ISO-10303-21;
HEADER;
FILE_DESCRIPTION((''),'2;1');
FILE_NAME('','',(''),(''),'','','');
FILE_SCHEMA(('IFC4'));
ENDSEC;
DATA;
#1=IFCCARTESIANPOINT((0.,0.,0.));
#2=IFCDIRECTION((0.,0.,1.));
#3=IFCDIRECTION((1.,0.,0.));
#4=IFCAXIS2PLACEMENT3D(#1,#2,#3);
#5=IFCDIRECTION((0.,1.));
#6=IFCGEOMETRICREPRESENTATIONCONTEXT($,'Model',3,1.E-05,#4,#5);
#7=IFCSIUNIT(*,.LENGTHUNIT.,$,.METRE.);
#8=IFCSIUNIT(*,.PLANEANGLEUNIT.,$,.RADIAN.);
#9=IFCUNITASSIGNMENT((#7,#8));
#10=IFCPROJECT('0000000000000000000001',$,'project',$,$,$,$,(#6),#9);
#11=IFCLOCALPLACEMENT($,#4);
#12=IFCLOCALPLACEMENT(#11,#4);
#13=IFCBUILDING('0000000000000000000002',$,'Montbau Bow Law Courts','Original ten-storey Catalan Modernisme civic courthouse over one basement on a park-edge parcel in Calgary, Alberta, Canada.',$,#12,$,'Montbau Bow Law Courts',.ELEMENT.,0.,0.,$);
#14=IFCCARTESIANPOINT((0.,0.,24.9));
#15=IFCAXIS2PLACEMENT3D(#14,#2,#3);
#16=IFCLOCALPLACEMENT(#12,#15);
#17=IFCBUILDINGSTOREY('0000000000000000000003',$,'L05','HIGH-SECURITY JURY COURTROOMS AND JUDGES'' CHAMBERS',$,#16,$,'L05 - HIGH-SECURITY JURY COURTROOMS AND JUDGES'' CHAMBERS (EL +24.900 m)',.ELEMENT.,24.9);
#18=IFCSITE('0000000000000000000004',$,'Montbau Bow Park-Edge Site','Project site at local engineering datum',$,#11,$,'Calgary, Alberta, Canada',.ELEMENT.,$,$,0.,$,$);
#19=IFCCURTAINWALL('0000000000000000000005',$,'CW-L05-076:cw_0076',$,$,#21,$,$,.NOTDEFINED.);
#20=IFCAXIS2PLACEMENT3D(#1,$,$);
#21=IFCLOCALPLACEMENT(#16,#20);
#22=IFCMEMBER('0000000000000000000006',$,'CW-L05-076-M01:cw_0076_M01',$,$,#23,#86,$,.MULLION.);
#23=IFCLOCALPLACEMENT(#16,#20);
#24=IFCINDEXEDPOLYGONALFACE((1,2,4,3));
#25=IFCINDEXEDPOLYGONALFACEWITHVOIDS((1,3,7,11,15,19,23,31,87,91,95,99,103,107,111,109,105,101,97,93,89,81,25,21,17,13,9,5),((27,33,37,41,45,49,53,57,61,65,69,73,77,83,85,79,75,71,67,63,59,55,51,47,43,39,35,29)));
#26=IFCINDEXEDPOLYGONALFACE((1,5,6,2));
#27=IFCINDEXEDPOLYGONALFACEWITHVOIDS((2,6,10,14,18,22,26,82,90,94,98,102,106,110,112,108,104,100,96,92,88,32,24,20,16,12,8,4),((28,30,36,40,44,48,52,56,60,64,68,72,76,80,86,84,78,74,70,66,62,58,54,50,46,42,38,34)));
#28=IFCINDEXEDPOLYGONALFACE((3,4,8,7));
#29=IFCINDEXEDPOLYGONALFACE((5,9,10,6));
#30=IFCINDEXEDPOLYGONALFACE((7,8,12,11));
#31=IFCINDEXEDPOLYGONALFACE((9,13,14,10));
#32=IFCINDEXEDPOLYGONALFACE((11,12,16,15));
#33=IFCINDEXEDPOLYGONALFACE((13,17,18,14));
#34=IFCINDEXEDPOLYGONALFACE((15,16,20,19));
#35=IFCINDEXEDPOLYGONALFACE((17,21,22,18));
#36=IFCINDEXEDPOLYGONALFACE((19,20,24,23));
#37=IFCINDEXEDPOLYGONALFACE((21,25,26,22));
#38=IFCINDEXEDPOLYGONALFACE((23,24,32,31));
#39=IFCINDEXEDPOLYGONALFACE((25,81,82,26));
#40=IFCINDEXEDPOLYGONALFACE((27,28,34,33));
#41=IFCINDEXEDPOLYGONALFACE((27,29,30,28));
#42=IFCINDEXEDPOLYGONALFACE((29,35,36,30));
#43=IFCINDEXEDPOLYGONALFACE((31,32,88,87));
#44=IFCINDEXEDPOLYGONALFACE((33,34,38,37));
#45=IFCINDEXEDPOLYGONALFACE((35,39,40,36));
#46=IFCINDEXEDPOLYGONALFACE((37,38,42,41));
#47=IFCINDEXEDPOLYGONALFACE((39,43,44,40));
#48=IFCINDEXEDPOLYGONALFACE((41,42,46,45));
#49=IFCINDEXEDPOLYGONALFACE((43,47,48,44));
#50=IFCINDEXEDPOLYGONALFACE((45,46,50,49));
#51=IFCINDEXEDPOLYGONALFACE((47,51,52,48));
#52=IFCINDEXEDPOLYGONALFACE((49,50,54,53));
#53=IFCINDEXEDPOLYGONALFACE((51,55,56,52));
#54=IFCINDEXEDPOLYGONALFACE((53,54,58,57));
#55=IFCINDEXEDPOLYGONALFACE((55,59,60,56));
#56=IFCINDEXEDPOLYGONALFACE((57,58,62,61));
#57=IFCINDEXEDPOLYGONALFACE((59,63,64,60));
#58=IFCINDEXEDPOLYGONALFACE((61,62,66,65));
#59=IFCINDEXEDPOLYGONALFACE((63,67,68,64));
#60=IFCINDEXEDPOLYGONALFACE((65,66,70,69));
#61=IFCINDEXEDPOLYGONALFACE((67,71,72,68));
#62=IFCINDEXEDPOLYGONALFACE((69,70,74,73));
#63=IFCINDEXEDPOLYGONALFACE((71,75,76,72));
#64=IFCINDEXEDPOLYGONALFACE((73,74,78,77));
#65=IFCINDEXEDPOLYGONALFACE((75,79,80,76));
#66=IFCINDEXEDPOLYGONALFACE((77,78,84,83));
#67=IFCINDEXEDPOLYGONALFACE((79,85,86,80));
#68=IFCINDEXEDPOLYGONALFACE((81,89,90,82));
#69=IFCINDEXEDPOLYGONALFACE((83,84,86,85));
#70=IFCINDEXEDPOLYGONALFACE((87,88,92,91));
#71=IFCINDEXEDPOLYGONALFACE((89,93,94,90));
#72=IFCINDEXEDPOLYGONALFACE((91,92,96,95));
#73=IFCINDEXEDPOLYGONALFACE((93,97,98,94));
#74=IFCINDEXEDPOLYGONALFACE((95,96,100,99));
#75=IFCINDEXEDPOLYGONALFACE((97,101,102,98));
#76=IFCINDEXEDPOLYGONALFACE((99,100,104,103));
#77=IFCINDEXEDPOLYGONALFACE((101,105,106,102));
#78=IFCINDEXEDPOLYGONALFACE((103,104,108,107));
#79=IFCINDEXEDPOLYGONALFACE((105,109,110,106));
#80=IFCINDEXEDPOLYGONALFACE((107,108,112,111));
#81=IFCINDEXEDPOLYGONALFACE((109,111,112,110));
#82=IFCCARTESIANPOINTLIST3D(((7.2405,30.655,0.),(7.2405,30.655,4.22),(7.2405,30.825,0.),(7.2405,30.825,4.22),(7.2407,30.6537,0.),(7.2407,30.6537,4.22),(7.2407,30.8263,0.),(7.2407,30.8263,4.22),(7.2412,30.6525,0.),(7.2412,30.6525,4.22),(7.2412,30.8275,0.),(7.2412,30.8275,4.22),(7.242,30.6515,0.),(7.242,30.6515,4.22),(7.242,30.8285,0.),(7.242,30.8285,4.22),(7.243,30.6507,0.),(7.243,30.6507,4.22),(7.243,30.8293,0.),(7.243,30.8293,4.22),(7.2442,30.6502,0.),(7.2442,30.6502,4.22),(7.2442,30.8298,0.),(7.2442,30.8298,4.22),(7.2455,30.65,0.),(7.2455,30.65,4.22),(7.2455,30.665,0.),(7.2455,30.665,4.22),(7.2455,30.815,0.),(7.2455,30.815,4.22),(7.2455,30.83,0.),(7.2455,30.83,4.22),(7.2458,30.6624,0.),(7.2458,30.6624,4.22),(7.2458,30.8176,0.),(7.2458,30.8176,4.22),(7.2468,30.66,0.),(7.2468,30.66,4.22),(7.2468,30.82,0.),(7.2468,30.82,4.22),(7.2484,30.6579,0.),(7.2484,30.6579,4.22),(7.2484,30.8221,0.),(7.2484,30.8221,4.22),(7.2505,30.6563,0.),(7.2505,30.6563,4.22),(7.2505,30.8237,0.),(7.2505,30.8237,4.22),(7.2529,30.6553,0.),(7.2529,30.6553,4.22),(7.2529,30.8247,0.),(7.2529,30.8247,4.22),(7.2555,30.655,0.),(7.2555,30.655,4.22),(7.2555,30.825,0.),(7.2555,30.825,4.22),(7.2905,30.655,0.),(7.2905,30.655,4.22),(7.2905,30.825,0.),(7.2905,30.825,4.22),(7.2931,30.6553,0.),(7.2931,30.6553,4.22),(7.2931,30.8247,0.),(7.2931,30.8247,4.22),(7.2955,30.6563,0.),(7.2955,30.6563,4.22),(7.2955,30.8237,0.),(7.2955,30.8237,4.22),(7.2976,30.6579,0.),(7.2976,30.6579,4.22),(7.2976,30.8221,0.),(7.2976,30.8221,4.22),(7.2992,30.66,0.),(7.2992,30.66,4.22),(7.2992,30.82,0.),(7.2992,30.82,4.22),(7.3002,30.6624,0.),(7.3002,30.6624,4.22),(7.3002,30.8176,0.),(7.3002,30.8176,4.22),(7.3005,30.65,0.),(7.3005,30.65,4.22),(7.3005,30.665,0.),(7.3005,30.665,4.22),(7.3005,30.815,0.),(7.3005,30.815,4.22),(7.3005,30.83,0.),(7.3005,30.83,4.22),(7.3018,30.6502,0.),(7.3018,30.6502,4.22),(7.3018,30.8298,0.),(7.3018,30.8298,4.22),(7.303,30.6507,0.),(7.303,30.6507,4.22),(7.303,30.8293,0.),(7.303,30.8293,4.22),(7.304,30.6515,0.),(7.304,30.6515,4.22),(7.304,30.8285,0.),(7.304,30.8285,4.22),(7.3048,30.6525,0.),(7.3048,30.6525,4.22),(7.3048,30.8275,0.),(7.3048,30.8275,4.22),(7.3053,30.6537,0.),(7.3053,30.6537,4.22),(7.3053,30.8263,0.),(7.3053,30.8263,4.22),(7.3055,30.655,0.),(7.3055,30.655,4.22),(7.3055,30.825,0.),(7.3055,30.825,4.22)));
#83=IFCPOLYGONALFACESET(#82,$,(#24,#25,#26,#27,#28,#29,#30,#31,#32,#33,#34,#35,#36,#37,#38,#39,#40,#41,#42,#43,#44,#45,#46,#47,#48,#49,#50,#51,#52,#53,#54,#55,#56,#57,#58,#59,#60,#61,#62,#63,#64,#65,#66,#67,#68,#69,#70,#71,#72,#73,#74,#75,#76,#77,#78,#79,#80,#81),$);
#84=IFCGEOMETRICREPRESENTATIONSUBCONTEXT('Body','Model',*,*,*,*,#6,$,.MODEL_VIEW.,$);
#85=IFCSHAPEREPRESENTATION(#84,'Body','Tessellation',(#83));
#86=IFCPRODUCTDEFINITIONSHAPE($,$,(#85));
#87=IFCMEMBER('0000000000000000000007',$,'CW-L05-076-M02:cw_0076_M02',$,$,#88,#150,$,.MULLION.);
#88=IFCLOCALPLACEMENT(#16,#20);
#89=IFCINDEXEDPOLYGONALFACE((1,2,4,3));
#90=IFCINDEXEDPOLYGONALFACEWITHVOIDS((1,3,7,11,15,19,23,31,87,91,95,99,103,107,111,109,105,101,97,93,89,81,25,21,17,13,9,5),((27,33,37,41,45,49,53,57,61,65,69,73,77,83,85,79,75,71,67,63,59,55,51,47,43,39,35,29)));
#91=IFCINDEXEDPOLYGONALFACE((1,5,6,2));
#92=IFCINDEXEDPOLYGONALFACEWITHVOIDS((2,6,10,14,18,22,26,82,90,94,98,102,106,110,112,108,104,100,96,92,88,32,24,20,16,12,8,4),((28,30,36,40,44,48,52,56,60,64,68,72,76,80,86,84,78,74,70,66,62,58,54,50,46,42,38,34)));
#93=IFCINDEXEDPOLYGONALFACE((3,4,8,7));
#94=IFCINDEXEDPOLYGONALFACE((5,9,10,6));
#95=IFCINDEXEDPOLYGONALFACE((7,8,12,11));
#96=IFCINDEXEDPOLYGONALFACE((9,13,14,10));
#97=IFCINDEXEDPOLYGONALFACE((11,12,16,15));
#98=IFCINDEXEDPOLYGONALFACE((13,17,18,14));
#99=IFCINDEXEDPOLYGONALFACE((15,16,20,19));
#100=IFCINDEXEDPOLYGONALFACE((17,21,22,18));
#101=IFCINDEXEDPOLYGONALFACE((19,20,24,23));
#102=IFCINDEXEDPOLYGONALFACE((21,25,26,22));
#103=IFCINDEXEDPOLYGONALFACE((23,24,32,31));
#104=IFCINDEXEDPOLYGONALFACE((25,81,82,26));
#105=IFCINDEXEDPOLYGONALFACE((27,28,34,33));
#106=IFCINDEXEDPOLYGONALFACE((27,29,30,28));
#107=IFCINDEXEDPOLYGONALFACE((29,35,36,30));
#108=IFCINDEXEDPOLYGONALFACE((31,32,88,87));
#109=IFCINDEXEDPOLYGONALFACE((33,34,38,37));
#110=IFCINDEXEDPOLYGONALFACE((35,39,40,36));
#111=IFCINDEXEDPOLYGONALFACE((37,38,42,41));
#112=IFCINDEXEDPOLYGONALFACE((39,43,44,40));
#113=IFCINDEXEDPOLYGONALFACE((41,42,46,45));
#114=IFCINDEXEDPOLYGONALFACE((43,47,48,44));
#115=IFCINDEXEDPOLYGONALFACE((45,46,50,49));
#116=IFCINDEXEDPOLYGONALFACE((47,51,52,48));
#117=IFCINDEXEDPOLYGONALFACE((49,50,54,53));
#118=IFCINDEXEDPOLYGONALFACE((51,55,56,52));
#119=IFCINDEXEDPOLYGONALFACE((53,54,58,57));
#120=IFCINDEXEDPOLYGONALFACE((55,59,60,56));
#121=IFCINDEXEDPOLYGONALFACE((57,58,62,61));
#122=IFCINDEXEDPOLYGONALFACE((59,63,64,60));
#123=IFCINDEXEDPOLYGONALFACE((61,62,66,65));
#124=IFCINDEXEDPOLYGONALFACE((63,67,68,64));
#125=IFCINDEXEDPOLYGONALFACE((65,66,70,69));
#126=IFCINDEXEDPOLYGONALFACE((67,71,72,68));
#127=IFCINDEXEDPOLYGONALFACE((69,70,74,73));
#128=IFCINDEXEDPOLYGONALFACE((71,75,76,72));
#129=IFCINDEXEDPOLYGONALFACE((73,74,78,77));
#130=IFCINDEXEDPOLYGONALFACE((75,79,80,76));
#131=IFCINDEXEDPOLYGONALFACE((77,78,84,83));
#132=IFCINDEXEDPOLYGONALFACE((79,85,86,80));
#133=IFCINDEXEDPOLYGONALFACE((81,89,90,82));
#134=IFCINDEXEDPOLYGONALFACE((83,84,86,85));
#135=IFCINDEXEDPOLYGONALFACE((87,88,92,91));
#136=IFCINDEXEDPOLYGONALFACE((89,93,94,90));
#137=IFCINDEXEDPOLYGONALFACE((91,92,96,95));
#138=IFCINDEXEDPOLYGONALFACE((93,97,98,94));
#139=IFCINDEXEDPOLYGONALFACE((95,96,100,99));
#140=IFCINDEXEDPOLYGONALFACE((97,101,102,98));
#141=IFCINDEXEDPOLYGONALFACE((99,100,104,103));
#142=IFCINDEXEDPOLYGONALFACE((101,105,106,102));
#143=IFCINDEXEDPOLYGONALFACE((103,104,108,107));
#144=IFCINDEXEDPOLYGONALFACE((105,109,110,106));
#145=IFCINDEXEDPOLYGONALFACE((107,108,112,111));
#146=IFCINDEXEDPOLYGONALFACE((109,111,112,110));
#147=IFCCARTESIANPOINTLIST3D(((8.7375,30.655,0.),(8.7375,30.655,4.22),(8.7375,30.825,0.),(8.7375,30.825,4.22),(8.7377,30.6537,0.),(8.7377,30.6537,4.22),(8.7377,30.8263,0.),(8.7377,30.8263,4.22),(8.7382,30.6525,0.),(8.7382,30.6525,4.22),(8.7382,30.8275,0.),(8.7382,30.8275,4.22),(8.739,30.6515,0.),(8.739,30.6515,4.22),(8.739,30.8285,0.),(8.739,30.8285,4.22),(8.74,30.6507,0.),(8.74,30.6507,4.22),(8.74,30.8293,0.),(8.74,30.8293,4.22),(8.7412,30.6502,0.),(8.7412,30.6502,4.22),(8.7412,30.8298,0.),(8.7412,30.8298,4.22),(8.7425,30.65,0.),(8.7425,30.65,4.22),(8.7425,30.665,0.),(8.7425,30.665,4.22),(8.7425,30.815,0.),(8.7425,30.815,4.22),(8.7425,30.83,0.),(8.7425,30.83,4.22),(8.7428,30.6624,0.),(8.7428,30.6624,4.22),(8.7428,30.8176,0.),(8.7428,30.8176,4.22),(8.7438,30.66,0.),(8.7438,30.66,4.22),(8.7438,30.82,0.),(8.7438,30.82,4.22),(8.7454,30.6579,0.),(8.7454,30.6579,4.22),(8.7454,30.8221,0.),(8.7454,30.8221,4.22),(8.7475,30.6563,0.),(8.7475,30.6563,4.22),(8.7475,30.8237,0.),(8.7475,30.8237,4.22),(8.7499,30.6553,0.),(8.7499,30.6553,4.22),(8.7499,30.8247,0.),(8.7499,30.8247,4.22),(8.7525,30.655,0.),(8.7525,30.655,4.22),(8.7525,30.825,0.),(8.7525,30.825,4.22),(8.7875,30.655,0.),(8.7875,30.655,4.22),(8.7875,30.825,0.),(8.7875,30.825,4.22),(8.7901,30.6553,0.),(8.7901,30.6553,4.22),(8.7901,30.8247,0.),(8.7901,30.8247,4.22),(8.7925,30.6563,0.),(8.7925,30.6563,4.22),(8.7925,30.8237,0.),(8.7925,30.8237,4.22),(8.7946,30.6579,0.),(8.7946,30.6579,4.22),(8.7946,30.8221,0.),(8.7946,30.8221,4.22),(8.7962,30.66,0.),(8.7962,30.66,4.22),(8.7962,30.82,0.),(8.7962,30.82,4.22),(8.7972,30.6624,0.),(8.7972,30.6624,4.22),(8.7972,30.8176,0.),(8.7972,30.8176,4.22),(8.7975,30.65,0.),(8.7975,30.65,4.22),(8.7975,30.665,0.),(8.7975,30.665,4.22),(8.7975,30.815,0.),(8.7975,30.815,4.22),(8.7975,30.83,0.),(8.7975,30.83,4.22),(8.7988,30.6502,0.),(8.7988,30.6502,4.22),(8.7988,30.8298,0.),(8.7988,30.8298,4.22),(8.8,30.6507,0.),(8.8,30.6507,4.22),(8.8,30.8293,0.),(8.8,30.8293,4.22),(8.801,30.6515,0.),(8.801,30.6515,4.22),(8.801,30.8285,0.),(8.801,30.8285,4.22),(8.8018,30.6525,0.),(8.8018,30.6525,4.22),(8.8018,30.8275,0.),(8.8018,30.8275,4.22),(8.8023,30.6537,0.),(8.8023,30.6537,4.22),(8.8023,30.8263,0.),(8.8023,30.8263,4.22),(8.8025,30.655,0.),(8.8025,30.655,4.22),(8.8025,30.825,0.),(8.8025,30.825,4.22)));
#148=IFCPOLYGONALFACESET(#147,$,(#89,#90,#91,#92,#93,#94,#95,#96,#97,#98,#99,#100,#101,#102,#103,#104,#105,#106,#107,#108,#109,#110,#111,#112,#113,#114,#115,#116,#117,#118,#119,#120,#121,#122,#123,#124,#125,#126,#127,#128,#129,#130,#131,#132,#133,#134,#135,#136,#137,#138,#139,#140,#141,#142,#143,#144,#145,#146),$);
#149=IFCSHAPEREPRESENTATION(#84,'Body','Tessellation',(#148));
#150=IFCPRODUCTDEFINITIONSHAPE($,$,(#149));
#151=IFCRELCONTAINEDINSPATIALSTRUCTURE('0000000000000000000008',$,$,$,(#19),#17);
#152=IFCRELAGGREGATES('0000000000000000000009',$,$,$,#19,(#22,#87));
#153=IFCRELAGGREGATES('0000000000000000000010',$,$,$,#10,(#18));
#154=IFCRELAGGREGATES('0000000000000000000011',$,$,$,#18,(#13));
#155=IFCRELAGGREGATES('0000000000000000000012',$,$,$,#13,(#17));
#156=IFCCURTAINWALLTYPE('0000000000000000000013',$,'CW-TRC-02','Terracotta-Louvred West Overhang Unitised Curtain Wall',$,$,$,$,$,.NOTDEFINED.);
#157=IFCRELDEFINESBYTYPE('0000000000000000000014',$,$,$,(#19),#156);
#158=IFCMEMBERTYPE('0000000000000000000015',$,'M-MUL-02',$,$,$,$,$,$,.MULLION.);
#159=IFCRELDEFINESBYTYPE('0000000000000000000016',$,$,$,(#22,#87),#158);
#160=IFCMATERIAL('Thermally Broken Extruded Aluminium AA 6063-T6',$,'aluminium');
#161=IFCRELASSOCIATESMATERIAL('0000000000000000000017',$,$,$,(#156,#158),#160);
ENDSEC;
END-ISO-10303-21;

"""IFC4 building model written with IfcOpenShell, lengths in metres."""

from ifc_helpers import new_model, si_unit, direction, frame, origin_with_axes, origin_2d_with_axis, place, context, subcontext, project, spatial, hollow_rectangle, extrude, material, material_profile, profile_set, type_object, element, aggregate, save


model = new_model("IFC4")

# Units and contexts
model_context = context("Model", 3, precision=1e-05, world=origin_with_axes(), true_north=direction((0.0, 1.0)))
body_context = subcontext(model_context, "Body", "Model", "MODEL_VIEW")
ifc_project = project(units=[si_unit("LENGTHUNIT", "METRE"), si_unit("PLANEANGLEUNIT", "RADIAN")], contexts=[model_context])

# Site, building, storey
site_placement = place(None, origin_with_axes())
site = spatial("IfcSite", under=ifc_project, at=site_placement, Name="Montbau Bow Park-Edge Site", Description="Project site at local engineering datum", LongName="Calgary, Alberta, Canada", CompositionType="ELEMENT", RefElevation=0.0)
building_placement = place(site_placement, origin_with_axes())
building = spatial("IfcBuilding", under=site, at=building_placement, Name="Montbau Bow Law Courts", Description="Original ten-storey Catalan Modernisme civic courthouse over one basement on a park-edge parcel in Calgary, Alberta, Canada.", LongName="Montbau Bow Law Courts", CompositionType="ELEMENT", ElevationOfRefHeight=0.0, ElevationOfTerrain=0.0)
storey_placement = place(building_placement, frame((0.0, 0.0, 24.9), z_axis=(0.0, 0.0, 1.0), x_axis=(1.0, 0.0, 0.0)))
storey = spatial("IfcBuildingStorey", under=building, at=storey_placement, Name="L05", Description="HIGH-SECURITY JURY COURTROOMS AND JUDGES' CHAMBERS", LongName="L05 - HIGH-SECURITY JURY COURTROOMS AND JUDGES' CHAMBERS (EL +24.900 m)", CompositionType="ELEMENT", Elevation=24.9)

# Curtain wall, members
ifc_material_1 = material(Name="Thermally Broken Extruded Aluminium AA 6063-T6", Category="aluminium")
curtain_wall_type = type_object("IfcCurtainWallType", Name="CW-TRC-02", Description="Terracotta-Louvred West Overhang Unitised Curtain Wall", PredefinedType="NOTDEFINED", material=ifc_material_1)
curtain_wall_placement = place(None, frame((7.24, 30.74, 24.9), z_axis=(0.0, 0.0, 1.0), x_axis=(1.0, 0.0, 0.0)))
curtain_wall = element("IfcCurtainWall", 1, at=curtain_wall_placement, inside=storey, type_object=curtain_wall_type, Name="CW-L05-076:cw_0076", PredefinedType="NOTDEFINED")
ifc_material_profile_1 = material_profile(ifc_material_1, hollow_rectangle(XDim=0.065, YDim=0.18, WallThickness=0.005, InnerFilletRadius=0.01, OuterFilletRadius=0.005, at=origin_2d_with_axis()), Name="CWM-180X65", Category="Main", Priority=0)
ifc_profile_set_1 = profile_set([ifc_material_profile_1], Name="Thermally Broken Extruded Aluminium AA 6063-T6")
member_type_1 = type_object("IfcMemberType", Name="M-MUL-02", PredefinedType="MULLION", material=ifc_profile_set_1)
member_1_placement = place(None, frame((7.273, 30.74, 24.9), z_axis=(0.0, 0.0, 1.0), x_axis=(1.0, 0.0, 0.0)))
member_1 = element("IfcMember", 2, at=member_1_placement, type_object=member_type_1, Name="CW-L05-076-M01:cw_0076_M01", PredefinedType="MULLION", context=body_context, shape_type="SweptSolid", body=[
    extrude(hollow_rectangle(XDim=0.065, YDim=0.18, WallThickness=0.005, InnerFilletRadius=0.01, OuterFilletRadius=0.005, at=origin_2d_with_axis()), origin_with_axes(), (0.0, 0.0, 1.0), 4.22),
])
member_2_placement = place(None, frame((8.77, 30.74, 24.9), z_axis=(0.0, 0.0, 1.0), x_axis=(1.0, 0.0, 0.0)))
member_2 = element("IfcMember", 3, at=member_2_placement, type_object=member_type_1, Name="CW-L05-076-M02:cw_0076_M02", PredefinedType="MULLION", context=body_context, shape_type="SweptSolid", body=[
    extrude(hollow_rectangle(XDim=0.065, YDim=0.18, WallThickness=0.005, InnerFilletRadius=0.01, OuterFilletRadius=0.005, at=origin_2d_with_axis()), origin_with_axes(), (0.0, 0.0, 1.0), 4.22),
])
aggregate(curtain_wall, [member_1, member_2])

save(model, "model.ifc")
